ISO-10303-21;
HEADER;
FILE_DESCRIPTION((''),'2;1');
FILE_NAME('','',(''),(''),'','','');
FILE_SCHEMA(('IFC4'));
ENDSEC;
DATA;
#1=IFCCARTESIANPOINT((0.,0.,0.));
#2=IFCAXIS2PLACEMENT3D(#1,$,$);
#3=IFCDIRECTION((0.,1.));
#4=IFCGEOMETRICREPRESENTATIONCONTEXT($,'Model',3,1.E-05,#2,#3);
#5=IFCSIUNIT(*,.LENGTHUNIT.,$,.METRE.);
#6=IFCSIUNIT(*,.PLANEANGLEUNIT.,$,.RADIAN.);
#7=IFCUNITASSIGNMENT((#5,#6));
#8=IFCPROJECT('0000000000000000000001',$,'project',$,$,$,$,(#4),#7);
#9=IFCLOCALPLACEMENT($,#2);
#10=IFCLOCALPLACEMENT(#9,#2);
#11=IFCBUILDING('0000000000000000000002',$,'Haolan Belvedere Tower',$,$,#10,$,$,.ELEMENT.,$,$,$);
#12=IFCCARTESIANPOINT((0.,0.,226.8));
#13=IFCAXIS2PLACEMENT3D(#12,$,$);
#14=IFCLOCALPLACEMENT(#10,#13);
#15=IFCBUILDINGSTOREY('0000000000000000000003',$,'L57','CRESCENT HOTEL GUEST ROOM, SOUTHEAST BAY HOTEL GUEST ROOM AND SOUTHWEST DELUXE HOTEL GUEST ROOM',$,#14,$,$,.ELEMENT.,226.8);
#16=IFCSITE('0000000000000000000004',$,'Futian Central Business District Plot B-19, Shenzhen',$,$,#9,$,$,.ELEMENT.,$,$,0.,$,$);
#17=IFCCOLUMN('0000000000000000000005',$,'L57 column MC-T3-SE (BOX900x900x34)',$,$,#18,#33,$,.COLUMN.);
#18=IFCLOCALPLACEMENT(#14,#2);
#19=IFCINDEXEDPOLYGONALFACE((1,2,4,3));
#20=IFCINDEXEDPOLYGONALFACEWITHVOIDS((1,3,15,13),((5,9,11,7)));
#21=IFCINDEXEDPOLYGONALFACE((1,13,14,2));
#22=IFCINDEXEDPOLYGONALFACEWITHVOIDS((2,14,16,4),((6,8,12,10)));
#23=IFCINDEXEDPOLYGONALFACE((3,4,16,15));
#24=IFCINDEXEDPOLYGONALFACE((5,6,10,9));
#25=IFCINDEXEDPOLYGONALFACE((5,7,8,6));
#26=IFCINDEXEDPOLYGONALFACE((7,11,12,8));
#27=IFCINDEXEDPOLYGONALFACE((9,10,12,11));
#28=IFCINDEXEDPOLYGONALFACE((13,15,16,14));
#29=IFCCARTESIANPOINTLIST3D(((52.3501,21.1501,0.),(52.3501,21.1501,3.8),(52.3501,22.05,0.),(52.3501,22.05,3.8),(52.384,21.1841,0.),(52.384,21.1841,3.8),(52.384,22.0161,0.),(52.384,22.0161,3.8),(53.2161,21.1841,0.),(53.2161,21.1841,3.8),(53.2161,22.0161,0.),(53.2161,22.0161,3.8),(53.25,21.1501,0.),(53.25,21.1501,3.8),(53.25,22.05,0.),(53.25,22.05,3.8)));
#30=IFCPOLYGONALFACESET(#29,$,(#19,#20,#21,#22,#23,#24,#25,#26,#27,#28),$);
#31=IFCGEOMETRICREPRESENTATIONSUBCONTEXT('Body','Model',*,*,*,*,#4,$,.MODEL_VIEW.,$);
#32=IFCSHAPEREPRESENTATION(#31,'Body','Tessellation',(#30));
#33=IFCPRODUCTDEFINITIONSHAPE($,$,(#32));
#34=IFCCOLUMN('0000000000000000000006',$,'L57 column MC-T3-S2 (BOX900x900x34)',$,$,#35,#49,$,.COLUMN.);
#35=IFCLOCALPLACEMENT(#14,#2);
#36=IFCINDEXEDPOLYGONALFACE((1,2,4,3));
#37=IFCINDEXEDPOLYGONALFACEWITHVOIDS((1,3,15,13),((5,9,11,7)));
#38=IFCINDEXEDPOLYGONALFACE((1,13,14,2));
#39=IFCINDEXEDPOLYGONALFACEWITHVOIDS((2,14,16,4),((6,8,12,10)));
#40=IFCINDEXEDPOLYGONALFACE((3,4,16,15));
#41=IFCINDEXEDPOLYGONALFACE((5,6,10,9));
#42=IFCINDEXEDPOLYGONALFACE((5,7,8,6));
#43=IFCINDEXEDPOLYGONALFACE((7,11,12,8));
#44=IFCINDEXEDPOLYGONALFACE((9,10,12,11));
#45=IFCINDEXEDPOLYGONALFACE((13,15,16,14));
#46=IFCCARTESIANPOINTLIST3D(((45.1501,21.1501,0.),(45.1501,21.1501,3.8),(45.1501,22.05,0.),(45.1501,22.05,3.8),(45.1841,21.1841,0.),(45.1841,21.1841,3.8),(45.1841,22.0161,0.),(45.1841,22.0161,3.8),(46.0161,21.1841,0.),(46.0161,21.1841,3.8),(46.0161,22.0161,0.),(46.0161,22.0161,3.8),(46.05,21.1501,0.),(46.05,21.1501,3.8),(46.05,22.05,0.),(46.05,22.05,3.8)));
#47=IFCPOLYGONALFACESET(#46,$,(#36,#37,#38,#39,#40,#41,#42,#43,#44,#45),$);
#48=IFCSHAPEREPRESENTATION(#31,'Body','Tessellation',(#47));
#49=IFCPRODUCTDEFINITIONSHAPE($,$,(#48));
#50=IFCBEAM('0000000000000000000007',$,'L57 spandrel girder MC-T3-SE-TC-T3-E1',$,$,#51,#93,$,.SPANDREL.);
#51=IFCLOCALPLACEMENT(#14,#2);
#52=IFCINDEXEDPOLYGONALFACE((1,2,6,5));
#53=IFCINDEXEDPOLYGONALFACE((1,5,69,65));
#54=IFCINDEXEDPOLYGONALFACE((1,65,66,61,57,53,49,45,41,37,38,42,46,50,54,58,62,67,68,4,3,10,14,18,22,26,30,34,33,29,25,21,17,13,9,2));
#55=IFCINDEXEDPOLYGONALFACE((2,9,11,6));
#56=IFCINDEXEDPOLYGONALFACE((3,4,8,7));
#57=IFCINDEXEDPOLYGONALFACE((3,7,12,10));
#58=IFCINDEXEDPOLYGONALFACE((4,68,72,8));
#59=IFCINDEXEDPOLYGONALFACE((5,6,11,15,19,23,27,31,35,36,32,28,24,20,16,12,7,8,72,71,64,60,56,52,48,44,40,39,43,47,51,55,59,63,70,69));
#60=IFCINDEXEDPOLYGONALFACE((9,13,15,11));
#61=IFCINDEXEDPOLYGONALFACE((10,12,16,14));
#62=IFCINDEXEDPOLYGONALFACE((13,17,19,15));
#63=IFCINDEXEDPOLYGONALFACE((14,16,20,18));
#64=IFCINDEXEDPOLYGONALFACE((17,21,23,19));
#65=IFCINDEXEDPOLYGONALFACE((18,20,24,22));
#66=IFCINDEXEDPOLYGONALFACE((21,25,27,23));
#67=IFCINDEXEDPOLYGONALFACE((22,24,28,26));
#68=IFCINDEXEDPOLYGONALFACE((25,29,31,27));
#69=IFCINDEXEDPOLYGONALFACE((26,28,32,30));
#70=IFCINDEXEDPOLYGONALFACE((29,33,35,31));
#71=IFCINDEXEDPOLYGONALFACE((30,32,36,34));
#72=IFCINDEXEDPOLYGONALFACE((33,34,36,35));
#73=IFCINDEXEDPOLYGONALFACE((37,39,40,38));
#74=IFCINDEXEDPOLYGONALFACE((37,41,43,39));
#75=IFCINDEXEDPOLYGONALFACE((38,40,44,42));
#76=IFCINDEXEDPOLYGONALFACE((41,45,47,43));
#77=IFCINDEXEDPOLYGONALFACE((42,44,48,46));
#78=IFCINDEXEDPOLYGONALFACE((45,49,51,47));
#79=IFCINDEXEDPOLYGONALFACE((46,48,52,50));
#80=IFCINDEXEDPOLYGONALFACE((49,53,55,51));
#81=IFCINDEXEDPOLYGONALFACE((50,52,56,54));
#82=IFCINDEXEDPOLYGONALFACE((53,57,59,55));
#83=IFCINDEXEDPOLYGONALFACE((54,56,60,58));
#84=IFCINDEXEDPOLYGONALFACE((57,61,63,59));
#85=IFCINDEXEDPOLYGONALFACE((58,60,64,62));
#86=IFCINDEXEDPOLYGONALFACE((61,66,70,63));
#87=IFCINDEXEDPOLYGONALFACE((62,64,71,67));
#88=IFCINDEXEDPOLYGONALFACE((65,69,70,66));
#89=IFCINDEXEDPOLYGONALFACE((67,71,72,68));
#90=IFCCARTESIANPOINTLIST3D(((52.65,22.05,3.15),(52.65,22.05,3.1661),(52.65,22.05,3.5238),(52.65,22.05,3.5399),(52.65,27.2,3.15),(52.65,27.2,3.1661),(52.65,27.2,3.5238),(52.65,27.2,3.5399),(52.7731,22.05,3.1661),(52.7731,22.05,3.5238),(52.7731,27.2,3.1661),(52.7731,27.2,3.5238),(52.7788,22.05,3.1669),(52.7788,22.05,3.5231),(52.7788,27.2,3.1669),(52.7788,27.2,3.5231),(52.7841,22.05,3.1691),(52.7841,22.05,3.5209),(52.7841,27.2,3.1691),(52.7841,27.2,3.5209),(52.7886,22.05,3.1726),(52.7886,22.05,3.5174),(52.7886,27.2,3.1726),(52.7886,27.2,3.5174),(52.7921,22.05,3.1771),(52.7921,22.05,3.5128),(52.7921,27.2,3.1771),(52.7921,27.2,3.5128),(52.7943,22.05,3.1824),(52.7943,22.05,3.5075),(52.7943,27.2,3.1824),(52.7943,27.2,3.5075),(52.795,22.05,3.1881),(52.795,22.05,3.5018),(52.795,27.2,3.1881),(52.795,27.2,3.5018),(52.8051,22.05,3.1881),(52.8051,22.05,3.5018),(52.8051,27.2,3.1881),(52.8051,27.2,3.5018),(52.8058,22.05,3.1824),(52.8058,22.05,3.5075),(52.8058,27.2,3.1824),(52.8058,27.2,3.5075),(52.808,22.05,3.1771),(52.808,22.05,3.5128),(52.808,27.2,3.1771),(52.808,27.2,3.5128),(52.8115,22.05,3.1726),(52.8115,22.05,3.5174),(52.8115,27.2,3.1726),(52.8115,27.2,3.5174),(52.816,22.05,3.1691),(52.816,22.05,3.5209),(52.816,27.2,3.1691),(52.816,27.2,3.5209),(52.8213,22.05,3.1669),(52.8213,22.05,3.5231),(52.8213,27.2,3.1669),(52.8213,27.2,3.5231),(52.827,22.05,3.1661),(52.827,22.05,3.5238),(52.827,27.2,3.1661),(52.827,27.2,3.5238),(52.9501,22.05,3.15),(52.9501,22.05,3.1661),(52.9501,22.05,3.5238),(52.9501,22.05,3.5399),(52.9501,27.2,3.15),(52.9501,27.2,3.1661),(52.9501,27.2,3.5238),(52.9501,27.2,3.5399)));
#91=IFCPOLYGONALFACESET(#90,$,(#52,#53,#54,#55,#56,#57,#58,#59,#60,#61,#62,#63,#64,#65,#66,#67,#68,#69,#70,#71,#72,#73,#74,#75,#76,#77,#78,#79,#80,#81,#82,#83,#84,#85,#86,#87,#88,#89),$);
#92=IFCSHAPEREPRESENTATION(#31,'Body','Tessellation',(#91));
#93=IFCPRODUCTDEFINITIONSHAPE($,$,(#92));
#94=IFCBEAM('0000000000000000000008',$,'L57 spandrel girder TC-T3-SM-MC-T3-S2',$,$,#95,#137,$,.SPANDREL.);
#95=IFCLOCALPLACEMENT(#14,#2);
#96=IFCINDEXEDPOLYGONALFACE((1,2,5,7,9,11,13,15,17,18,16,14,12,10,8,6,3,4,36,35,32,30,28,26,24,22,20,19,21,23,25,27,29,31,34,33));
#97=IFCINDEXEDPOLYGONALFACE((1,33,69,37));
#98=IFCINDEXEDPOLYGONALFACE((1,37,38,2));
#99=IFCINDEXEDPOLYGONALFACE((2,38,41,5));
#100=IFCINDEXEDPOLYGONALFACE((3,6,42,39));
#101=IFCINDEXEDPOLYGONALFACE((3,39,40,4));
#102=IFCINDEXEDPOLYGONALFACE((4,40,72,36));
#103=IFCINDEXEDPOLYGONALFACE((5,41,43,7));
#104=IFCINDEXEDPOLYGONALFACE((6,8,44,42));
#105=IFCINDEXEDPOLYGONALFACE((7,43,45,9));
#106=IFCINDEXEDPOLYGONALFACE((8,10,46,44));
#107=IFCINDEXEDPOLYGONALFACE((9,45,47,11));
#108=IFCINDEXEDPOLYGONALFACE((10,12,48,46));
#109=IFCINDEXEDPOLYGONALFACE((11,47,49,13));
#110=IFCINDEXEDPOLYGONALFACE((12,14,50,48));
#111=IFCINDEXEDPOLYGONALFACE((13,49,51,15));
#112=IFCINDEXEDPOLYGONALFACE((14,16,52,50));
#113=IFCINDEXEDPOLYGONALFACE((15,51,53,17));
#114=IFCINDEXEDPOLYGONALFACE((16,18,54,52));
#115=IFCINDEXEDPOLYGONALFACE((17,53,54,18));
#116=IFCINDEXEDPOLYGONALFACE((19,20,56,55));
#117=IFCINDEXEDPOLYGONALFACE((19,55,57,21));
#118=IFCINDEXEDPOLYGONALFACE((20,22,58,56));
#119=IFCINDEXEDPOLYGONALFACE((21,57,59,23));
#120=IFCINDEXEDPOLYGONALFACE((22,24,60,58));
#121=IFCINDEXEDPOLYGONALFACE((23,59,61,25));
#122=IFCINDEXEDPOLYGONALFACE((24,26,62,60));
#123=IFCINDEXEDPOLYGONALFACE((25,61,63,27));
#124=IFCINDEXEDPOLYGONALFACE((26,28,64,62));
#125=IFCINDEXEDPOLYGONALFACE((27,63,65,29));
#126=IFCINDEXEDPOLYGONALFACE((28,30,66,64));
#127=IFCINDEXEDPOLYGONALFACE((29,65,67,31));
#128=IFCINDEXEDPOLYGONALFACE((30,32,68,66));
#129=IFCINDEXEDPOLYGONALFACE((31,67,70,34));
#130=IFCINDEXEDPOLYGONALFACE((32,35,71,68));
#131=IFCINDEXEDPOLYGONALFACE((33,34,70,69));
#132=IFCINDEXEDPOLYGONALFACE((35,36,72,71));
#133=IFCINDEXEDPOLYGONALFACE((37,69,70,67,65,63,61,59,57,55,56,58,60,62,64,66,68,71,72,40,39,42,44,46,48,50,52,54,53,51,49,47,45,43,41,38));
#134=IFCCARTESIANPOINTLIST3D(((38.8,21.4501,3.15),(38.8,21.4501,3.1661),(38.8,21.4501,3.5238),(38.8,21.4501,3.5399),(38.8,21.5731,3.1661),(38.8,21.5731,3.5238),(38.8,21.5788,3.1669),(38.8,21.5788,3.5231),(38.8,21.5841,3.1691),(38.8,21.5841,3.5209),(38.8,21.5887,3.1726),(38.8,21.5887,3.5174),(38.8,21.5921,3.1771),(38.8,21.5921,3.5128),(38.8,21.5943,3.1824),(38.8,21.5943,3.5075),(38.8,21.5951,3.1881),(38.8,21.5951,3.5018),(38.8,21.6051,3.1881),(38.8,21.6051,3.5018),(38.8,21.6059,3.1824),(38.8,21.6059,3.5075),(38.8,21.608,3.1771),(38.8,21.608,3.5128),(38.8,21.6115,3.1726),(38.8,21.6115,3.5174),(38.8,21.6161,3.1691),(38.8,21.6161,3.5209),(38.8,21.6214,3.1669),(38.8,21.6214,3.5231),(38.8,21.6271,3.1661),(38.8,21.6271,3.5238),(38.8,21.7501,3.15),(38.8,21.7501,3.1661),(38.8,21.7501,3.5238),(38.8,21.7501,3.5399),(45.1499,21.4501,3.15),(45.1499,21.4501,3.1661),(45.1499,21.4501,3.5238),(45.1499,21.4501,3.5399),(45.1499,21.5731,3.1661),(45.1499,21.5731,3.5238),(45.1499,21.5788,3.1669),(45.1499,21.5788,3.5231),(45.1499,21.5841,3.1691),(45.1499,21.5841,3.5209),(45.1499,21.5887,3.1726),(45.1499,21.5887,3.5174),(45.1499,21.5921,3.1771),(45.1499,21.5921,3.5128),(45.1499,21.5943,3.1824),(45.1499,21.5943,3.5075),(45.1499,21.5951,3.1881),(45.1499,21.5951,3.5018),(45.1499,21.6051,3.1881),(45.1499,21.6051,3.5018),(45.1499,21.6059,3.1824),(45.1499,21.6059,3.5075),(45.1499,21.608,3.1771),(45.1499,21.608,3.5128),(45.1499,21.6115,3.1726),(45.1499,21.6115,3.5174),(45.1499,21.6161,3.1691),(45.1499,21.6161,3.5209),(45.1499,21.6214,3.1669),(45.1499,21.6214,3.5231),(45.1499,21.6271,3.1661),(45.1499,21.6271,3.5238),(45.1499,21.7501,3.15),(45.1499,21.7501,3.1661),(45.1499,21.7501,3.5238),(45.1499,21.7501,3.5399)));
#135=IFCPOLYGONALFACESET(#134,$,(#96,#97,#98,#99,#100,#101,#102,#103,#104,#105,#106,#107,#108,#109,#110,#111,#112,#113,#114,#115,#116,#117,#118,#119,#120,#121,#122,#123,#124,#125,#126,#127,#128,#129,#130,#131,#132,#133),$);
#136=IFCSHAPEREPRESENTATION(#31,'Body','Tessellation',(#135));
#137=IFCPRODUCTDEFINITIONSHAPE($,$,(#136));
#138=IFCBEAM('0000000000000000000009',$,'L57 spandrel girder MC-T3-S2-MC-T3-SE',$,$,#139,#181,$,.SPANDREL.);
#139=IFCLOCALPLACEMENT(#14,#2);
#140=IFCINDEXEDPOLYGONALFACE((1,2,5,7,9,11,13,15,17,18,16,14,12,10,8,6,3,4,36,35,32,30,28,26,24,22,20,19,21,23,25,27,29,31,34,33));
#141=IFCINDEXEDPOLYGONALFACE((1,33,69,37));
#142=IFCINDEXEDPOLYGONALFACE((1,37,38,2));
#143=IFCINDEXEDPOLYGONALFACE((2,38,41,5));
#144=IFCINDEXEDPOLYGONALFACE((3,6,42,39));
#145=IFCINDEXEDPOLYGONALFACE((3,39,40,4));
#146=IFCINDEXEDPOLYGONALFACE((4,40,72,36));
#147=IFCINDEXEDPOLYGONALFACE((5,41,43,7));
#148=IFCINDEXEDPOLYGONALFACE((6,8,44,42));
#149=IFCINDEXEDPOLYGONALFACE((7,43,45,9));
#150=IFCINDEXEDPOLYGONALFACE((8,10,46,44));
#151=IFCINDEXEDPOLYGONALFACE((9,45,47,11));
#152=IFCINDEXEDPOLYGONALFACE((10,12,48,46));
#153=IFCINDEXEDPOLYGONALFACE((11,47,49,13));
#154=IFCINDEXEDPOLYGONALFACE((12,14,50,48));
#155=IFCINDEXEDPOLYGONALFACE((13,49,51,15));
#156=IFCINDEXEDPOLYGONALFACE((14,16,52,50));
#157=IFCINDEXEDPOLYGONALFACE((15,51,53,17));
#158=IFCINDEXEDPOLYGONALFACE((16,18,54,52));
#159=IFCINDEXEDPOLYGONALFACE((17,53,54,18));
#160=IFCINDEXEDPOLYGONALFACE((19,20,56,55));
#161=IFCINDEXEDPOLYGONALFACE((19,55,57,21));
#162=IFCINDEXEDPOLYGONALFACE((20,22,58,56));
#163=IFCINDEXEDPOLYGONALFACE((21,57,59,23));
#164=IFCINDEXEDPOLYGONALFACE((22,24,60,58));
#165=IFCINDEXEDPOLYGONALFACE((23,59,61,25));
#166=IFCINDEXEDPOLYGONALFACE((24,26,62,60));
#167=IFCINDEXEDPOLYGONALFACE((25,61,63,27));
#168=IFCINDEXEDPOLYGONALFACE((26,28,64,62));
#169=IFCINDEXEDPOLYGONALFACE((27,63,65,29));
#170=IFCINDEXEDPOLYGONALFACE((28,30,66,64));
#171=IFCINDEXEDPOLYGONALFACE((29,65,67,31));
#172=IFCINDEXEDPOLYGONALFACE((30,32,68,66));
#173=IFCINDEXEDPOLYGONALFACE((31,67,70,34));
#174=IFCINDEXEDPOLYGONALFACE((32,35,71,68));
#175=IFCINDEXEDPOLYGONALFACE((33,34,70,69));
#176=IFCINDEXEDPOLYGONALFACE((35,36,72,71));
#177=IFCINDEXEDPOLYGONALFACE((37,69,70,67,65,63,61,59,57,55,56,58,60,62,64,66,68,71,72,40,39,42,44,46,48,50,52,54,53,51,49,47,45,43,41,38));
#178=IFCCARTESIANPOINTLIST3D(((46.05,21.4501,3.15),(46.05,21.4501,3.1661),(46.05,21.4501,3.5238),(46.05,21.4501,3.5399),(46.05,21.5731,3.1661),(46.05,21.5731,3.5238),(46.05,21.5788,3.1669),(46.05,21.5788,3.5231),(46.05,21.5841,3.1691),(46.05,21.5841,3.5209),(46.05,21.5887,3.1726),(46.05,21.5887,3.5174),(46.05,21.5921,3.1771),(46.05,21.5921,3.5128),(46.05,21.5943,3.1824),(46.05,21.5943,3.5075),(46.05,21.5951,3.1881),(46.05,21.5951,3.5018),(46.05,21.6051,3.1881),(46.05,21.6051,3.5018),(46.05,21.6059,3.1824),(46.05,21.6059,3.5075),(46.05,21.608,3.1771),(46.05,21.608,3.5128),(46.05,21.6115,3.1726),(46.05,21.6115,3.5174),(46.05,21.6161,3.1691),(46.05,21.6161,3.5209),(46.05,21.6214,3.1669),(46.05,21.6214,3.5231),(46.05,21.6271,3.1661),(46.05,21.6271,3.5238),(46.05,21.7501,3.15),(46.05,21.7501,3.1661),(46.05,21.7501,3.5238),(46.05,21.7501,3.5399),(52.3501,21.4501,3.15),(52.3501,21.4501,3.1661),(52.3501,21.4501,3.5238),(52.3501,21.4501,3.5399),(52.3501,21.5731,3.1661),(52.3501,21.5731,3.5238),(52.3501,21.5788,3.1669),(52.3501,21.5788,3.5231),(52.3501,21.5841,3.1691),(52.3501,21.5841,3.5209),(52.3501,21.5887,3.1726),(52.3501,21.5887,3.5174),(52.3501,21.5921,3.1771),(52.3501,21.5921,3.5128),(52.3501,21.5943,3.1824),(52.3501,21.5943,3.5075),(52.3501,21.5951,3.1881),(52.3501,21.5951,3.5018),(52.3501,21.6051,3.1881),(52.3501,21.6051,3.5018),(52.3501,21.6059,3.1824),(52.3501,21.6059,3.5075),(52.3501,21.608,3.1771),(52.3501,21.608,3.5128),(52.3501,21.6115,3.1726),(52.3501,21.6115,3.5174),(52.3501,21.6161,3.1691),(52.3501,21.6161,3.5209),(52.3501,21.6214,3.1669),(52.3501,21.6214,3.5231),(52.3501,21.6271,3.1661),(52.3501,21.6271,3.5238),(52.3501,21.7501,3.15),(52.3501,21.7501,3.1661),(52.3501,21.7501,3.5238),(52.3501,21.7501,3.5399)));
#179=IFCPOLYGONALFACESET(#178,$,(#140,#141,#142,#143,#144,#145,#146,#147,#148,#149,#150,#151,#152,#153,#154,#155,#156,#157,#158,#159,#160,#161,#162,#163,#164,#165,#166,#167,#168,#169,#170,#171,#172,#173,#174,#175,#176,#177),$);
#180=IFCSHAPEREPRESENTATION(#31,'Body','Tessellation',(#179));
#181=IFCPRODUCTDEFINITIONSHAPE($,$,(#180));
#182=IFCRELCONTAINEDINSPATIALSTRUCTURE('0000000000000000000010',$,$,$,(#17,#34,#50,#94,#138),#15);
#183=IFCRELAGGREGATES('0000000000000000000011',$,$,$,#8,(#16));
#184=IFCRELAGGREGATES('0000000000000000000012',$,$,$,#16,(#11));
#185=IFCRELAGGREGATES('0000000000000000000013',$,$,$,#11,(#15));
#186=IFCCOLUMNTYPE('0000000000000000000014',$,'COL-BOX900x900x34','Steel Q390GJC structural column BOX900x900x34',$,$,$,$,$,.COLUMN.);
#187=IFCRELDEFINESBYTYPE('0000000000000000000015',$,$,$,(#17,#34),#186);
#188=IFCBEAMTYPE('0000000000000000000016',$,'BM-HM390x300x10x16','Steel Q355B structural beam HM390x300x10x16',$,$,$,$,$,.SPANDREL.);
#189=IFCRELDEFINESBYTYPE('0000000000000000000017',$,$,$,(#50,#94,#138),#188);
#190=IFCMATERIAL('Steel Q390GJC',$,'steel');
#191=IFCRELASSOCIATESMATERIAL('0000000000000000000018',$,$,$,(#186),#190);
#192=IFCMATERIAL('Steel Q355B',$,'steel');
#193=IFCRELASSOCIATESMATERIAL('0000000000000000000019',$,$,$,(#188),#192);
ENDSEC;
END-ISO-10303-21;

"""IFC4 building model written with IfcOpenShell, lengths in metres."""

from ifc_helpers import new_model, si_unit, direction, frame, origin, origin_2d, place, context, subcontext, project, spatial, hollow_rectangle, i_section, extrude, material, material_profile, profile_set, type_object, element, save


model = new_model("IFC4")

# Units and contexts
model_context = context("Model", 3, precision=1e-05, world=origin(), true_north=direction((0.0, 1.0)))
body_context = subcontext(model_context, "Body", "Model", "MODEL_VIEW")
ifc_project = project(units=[si_unit("LENGTHUNIT", "METRE"), si_unit("PLANEANGLEUNIT", "RADIAN")], contexts=[model_context])

# Site, building, storey
site_placement = place(None, origin())
site = spatial("IfcSite", under=ifc_project, at=site_placement, Name="Futian Central Business District Plot B-19, Shenzhen", CompositionType="ELEMENT", RefElevation=0.0)
building_placement = place(site_placement, origin())
building = spatial("IfcBuilding", under=site, at=building_placement, Name="Haolan Belvedere Tower", CompositionType="ELEMENT")
storey_placement = place(building_placement, frame((0.0, 0.0, 226.8)))
storey = spatial("IfcBuildingStorey", under=building, at=storey_placement, Name="L57", Description="CRESCENT HOTEL GUEST ROOM, SOUTHEAST BAY HOTEL GUEST ROOM AND SOUTHWEST DELUXE HOTEL GUEST ROOM", CompositionType="ELEMENT", Elevation=226.8)

# Columns
ifc_material_1 = material(Name="Steel Q390GJC", Category="steel")
ifc_material_profile_1 = material_profile(ifc_material_1, hollow_rectangle(XDim=0.8999, YDim=0.8999, WallThickness=0.0339, at=origin_2d()), Name="Steel Q390GJC")
ifc_profile_set_1 = profile_set([ifc_material_profile_1], Name="Steel Q390GJC")
column_type = type_object("IfcColumnType", Name="COL-BOX900x900x34", Description="Steel Q390GJC structural column BOX900x900x34", PredefinedType="COLUMN", material=ifc_profile_set_1)
for number, where, z_axis, x_axis, name in (
    (1, (52.8, 21.6001, 0.0), (0.0, 0.0, 1.0), (1.0, 0.0, 0.0), "L57 column MC-T3-SE (BOX900x900x34)"),
    (2, (45.6001, 21.6001, 0.0), (0.0, 0.0, 1.0), (1.0, 0.0, 0.0), "L57 column MC-T3-S2 (BOX900x900x34)"),
):
    element("IfcColumn", number, at=place(storey_placement, frame(where, z_axis=z_axis, x_axis=x_axis)), inside=storey, type_object=column_type, Name=name, PredefinedType="COLUMN", context=body_context, shape_type="SweptSolid", body=[
        extrude(hollow_rectangle(XDim=0.8999, YDim=0.8999, WallThickness=0.0339, at=origin_2d()), origin(), (0.0, 0.0, 1.0), 3.8),
    ])

# Beams
ifc_material_2 = material(Name="Steel Q355B", Category="steel")
ifc_material_profile_2 = material_profile(ifc_material_2, i_section(OverallWidth=0.3, OverallDepth=0.3899, WebThickness=0.01, FlangeThickness=0.0161, FilletRadius=0.022, at=origin_2d()), Name="Steel Q355B")
ifc_profile_set_2 = profile_set([ifc_material_profile_2], Name="Steel Q355B")
beam_type_1 = type_object("IfcBeamType", Name="BM-HM390x300x10x16", Description="Steel Q355B structural beam HM390x300x10x16", PredefinedType="SPANDREL", material=ifc_profile_set_2)
beam_1_placement = place(storey_placement, frame((52.8, 22.05, 3.345), z_axis=(0.0, 1.0, 0.0), x_axis=(-1.0, 0.0, 0.0)))
element("IfcBeam", 3, at=beam_1_placement, inside=storey, type_object=beam_type_1, Name="L57 spandrel girder MC-T3-SE-TC-T3-E1", PredefinedType="SPANDREL", context=body_context, shape_type="SweptSolid", body=[
    extrude(i_section(OverallWidth=0.3, OverallDepth=0.3899, WebThickness=0.01, FlangeThickness=0.0161, FilletRadius=0.022, at=origin_2d()), origin(), (0.0, 0.0, 1.0), 5.1499),
])
beam_2_placement = place(storey_placement, frame((38.8, 21.6001, 3.345), z_axis=(1.0, 0.0, 0.0), x_axis=(0.0, 1.0, 0.0)))
element("IfcBeam", 4, at=beam_2_placement, inside=storey, type_object=beam_type_1, Name="L57 spandrel girder TC-T3-SM-MC-T3-S2", PredefinedType="SPANDREL", context=body_context, shape_type="SweptSolid", body=[
    extrude(i_section(OverallWidth=0.3, OverallDepth=0.3899, WebThickness=0.01, FlangeThickness=0.0161, FilletRadius=0.022, at=origin_2d()), origin(), (0.0, 0.0, 1.0), 6.3499),
])
beam_3_placement = place(storey_placement, frame((46.05, 21.6001, 3.345), z_axis=(1.0, 0.0, 0.0), x_axis=(0.0, 1.0, 0.0)))
element("IfcBeam", 5, at=beam_3_placement, inside=storey, type_object=beam_type_1, Name="L57 spandrel girder MC-T3-S2-MC-T3-SE", PredefinedType="SPANDREL", context=body_context, shape_type="SweptSolid", body=[
    extrude(i_section(OverallWidth=0.3, OverallDepth=0.3899, WebThickness=0.01, FlangeThickness=0.0161, FilletRadius=0.022, at=origin_2d()), origin(), (0.0, 0.0, 1.0), 6.3),
])

save(model, "model.ifc")
